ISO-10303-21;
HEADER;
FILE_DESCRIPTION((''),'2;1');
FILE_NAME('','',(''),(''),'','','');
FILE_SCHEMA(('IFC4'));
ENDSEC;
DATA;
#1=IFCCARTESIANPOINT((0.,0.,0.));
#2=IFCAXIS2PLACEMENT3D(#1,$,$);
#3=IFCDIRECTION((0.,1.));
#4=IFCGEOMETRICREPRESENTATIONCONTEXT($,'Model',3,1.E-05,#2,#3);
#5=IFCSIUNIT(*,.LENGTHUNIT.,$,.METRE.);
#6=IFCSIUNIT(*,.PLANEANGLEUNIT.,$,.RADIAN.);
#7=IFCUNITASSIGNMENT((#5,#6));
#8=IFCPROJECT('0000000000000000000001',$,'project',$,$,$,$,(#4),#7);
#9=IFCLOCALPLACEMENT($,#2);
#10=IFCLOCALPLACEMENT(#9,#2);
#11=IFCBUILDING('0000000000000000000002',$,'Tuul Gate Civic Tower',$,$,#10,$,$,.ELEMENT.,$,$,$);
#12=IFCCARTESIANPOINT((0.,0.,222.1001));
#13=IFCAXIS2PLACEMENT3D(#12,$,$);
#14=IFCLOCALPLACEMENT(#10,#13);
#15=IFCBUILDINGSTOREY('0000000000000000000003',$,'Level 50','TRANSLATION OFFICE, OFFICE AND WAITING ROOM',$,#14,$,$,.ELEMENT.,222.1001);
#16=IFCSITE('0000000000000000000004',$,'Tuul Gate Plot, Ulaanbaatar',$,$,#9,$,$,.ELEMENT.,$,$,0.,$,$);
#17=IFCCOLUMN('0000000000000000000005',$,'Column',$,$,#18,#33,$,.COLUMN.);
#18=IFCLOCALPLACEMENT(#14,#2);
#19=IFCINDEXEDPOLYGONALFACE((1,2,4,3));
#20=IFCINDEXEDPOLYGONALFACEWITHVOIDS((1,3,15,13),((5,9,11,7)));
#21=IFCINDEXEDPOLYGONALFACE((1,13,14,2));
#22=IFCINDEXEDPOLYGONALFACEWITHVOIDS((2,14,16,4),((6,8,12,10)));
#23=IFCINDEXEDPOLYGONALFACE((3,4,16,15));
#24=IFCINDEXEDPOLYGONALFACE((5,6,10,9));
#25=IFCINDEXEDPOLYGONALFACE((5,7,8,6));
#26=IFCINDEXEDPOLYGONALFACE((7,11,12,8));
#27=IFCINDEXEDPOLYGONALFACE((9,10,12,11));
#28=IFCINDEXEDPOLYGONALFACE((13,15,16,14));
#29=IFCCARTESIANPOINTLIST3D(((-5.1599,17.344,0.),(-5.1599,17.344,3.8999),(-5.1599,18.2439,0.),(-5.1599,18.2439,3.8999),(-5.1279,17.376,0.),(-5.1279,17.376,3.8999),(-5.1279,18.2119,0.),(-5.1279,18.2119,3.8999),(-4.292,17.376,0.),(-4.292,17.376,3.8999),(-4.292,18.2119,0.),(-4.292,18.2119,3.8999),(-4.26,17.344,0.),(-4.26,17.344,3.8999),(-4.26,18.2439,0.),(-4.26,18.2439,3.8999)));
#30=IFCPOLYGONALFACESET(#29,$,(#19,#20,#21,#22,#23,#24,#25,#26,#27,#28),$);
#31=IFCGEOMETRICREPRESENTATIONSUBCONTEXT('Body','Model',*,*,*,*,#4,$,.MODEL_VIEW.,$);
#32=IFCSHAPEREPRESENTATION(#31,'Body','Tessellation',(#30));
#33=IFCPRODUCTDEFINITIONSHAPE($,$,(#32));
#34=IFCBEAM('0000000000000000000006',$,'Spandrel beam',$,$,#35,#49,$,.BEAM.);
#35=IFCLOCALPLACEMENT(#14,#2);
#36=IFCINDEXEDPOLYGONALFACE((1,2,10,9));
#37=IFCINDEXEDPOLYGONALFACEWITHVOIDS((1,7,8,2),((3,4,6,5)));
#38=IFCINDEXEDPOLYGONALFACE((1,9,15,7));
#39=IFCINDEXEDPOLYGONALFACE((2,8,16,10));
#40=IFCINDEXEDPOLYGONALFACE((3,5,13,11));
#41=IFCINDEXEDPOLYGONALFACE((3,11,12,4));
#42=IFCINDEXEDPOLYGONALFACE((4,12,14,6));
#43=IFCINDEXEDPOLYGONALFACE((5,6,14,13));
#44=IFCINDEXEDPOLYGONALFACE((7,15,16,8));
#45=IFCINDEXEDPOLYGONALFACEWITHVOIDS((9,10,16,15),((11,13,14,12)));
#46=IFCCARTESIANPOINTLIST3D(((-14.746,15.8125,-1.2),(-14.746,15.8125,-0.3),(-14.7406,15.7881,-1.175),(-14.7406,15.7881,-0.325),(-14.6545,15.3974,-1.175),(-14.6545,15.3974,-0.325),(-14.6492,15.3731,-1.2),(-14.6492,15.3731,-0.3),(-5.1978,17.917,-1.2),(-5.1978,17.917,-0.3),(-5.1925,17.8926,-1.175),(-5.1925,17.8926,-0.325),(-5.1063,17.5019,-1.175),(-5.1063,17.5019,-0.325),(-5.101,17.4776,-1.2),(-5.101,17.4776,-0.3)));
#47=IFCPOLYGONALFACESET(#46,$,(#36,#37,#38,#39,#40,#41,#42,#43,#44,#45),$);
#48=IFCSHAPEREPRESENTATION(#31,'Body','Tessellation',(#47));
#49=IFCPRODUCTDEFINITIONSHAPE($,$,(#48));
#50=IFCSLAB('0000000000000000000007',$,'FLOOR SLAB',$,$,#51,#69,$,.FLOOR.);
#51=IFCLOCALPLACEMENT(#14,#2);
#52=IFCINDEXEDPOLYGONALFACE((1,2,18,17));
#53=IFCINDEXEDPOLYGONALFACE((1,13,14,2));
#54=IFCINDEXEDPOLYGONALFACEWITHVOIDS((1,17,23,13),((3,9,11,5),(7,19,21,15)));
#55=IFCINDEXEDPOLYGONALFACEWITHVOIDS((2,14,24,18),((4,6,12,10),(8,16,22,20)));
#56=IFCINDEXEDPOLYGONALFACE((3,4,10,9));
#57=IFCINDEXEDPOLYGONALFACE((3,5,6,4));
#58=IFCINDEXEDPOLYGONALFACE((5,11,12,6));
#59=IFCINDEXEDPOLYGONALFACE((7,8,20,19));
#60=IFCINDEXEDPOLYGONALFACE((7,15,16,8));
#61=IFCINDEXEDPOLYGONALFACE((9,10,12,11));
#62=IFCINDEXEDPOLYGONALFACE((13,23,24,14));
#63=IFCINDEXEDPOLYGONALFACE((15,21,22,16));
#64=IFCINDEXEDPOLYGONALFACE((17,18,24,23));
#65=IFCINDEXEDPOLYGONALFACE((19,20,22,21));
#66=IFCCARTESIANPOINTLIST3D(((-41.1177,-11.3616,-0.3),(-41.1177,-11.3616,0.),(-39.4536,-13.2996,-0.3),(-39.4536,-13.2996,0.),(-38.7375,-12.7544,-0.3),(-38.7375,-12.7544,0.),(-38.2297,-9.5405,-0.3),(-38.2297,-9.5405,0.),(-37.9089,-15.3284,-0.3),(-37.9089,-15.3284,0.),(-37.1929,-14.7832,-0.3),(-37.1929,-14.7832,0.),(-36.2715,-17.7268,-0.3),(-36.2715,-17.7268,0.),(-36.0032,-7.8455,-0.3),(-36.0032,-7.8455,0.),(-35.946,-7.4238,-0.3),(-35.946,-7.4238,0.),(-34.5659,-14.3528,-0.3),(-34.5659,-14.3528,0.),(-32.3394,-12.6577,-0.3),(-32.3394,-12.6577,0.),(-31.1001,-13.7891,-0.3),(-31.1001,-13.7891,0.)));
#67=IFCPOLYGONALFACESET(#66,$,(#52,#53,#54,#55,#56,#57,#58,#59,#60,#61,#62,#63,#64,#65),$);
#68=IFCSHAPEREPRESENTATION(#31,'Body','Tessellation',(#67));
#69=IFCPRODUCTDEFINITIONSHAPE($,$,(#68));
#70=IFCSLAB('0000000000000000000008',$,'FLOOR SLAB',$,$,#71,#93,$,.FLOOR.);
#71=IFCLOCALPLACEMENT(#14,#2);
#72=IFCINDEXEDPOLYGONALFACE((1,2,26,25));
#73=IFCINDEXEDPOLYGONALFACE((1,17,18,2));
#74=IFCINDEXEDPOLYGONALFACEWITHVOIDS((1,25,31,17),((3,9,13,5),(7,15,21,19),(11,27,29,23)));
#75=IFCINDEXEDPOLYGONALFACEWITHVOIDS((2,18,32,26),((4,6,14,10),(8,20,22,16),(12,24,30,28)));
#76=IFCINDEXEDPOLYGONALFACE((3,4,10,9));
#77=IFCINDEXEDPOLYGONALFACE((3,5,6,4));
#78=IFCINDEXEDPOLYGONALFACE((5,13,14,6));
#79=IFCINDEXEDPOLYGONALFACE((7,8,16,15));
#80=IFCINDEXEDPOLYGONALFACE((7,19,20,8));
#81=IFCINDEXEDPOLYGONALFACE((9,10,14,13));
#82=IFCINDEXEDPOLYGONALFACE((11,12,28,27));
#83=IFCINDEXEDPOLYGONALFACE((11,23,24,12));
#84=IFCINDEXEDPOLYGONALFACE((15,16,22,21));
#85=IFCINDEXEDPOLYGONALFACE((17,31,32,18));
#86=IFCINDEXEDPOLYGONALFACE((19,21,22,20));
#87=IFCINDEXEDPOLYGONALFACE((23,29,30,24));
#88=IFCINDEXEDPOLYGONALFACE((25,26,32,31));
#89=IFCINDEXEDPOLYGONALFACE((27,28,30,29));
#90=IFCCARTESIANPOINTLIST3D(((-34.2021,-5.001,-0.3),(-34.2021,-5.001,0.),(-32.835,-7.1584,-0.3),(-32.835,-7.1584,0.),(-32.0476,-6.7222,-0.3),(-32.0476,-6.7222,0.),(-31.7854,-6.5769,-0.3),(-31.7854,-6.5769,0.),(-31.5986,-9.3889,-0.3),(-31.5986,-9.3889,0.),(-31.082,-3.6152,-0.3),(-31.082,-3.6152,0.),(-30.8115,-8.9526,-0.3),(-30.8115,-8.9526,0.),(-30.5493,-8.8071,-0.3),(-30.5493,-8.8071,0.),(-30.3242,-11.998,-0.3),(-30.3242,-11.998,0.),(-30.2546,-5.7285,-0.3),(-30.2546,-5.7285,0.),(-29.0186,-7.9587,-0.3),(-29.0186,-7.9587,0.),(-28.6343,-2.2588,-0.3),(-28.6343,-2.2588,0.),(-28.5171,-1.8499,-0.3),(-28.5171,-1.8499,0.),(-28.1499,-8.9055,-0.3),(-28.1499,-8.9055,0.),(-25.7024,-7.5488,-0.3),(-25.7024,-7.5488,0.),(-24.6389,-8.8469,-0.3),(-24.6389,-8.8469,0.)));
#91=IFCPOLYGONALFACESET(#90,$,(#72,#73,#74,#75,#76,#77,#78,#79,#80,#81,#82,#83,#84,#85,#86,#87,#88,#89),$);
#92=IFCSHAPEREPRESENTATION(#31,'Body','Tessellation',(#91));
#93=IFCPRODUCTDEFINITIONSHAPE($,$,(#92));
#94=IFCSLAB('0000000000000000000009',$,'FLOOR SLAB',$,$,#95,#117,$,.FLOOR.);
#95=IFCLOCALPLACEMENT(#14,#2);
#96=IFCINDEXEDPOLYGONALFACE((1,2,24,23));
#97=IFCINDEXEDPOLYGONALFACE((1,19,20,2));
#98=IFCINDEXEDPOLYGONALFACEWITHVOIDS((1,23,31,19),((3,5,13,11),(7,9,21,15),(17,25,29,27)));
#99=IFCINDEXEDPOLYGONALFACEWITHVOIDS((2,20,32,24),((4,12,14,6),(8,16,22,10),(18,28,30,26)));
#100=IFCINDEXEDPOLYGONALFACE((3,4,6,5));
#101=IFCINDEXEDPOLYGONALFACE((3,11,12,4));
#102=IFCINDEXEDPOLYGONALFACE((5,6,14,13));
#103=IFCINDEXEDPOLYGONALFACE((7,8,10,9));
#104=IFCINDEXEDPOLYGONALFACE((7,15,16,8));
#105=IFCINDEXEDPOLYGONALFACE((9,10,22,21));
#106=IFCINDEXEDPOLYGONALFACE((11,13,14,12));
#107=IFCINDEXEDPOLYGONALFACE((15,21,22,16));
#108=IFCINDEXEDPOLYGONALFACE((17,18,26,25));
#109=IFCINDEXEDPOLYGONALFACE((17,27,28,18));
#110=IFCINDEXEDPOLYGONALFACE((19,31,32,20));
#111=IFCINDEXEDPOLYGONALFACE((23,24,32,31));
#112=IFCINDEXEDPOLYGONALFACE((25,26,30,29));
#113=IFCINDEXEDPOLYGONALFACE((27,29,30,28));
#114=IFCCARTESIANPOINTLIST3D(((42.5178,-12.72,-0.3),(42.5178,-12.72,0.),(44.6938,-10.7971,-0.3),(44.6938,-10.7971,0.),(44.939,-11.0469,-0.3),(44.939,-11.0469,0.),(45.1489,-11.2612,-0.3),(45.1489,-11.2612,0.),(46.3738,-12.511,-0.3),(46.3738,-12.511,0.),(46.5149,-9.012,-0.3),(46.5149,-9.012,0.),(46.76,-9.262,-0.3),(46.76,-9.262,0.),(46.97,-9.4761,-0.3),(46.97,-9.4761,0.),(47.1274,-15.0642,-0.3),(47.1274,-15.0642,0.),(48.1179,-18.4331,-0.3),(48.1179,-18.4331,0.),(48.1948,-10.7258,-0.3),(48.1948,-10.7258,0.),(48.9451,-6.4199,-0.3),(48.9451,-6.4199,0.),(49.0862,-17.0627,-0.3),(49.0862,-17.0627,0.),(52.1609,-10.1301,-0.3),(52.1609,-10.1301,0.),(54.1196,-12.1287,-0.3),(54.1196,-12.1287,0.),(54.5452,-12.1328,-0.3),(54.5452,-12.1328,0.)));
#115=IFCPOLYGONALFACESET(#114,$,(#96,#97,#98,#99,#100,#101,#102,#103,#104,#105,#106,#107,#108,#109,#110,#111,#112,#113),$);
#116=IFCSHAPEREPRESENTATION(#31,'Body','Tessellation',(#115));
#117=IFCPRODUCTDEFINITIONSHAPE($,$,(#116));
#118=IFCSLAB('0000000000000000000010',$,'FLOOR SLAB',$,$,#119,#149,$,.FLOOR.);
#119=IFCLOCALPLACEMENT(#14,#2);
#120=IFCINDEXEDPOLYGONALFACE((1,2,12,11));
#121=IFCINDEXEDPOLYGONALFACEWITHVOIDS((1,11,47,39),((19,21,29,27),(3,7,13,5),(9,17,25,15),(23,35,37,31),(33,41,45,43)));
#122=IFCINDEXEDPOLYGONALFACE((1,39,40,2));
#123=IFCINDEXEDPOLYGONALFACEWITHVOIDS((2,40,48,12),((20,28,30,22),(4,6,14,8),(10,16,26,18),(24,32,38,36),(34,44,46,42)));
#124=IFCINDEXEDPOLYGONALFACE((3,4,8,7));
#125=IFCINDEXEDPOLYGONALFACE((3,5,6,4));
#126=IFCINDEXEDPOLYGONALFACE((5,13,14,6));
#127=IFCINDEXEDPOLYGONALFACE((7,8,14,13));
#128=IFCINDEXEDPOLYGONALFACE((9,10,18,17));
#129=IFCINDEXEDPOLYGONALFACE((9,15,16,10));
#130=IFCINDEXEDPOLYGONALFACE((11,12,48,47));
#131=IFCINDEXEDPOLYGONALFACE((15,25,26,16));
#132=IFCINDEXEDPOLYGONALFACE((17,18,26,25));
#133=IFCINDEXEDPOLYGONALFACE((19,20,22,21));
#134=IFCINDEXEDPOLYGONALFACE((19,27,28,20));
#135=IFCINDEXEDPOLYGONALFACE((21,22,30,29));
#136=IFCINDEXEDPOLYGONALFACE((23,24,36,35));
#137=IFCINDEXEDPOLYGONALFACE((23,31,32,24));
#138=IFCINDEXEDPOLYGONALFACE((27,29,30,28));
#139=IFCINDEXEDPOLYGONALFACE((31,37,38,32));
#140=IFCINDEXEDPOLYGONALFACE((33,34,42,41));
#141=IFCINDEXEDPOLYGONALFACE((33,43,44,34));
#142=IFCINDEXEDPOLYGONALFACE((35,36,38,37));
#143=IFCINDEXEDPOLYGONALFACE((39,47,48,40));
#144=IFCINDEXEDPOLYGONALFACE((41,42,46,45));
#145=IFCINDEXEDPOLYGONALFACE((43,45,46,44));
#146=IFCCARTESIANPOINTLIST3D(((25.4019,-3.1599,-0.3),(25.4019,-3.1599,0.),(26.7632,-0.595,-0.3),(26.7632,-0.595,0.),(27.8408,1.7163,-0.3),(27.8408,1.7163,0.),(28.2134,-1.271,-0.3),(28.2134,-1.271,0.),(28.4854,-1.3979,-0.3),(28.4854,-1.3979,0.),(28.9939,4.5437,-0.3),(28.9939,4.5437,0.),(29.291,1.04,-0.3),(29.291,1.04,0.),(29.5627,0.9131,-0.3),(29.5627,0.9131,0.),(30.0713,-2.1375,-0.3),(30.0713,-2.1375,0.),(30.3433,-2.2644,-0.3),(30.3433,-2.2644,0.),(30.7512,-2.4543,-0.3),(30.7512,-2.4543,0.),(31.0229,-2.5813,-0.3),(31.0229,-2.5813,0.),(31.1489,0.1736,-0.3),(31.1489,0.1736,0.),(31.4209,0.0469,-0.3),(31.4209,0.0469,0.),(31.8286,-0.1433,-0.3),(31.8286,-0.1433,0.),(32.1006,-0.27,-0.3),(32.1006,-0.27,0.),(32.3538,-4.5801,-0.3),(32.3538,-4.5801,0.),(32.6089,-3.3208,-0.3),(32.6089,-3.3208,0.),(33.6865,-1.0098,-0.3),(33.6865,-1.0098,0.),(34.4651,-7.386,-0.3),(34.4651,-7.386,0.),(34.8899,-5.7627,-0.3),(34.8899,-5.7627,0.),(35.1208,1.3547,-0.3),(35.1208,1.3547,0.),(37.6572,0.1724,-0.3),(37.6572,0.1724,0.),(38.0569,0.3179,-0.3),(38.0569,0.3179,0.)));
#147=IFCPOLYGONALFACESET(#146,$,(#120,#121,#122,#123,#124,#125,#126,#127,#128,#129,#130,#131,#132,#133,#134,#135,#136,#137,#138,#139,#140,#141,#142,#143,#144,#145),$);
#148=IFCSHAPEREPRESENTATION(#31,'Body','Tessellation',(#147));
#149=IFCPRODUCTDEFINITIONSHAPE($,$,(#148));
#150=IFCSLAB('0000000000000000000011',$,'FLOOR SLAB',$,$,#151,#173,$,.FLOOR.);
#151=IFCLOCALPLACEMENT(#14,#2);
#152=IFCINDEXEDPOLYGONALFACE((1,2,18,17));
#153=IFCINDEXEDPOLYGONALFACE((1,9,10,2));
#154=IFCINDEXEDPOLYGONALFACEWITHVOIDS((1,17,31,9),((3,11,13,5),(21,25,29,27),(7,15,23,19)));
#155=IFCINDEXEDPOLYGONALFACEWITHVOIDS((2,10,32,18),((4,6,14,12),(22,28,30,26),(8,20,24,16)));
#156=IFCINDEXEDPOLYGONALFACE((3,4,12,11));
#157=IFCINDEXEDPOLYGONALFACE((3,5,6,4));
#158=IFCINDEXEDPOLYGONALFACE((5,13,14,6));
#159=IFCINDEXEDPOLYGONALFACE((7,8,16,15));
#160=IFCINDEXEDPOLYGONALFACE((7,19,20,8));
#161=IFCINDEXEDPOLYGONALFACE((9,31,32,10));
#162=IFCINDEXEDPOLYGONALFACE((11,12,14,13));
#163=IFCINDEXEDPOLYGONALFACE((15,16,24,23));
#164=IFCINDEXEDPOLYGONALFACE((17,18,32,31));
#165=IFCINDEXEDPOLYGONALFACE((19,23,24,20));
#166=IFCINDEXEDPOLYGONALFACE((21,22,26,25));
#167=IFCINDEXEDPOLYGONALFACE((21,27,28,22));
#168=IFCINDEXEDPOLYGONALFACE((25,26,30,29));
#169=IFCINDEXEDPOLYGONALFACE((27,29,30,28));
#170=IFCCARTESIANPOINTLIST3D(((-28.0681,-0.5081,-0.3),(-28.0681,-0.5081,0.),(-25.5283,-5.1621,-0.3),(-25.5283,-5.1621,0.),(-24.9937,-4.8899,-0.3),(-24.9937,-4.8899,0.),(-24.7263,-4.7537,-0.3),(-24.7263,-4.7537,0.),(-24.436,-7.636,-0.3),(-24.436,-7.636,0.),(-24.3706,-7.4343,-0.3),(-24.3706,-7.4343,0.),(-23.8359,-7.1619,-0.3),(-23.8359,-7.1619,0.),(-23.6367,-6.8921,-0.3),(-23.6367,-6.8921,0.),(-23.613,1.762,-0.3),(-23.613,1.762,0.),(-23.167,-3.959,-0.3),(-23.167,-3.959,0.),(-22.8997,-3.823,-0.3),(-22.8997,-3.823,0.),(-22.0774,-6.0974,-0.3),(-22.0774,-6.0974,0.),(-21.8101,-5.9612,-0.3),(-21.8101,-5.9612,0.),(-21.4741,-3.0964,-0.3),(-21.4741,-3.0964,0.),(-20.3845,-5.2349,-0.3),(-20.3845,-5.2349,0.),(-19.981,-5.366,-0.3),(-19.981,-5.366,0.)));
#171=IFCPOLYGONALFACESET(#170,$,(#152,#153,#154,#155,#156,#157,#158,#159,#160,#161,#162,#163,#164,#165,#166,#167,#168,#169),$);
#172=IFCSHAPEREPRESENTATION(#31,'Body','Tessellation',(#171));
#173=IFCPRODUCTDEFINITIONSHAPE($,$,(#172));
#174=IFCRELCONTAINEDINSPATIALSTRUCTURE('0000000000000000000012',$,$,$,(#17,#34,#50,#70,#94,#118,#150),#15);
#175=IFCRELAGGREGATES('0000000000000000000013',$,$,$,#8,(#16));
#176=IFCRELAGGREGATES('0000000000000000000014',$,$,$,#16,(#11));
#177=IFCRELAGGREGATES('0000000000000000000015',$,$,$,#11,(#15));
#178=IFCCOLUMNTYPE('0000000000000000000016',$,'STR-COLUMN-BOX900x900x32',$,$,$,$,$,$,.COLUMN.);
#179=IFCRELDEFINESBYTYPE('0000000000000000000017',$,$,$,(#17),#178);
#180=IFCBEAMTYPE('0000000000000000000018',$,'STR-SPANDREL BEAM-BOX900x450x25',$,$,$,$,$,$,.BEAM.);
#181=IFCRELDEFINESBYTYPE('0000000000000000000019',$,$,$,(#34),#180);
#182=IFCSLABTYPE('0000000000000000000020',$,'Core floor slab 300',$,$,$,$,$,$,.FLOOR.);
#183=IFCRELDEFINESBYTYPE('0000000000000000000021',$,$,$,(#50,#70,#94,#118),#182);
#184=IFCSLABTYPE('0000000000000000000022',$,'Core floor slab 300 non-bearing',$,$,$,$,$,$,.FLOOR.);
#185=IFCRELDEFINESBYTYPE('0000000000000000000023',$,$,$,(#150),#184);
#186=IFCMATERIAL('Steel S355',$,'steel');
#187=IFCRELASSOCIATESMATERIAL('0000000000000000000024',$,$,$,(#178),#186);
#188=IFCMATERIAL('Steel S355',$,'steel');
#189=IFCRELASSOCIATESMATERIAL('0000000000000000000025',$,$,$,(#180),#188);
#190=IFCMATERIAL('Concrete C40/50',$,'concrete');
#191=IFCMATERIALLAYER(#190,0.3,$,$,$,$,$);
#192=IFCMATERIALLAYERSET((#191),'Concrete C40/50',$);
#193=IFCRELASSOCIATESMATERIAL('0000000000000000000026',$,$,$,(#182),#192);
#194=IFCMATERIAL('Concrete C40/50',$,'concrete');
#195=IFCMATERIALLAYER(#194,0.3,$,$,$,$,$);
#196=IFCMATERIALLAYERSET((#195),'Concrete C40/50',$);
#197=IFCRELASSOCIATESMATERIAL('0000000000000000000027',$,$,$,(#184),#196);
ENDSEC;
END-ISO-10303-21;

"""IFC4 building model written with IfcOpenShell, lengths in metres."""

from ifc_helpers import new_model, si_unit, direction, frame, origin, origin_2d, place, context, subcontext, project, spatial, polyline, hollow_rectangle, outline, extrude, material, layer, layer_set, material_profile, profile_set, type_object, element, save


model = new_model("IFC4")

# Units and contexts
model_context = context("Model", 3, precision=1e-05, world=origin(), true_north=direction((0.0, 1.0)))
body_context = subcontext(model_context, "Body", "Model", "MODEL_VIEW")
ifc_project = project(units=[si_unit("LENGTHUNIT", "METRE"), si_unit("PLANEANGLEUNIT", "RADIAN")], contexts=[model_context])

# Site, building, storey
site_placement = place(None, origin())
site = spatial("IfcSite", under=ifc_project, at=site_placement, Name="Tuul Gate Plot, Ulaanbaatar", CompositionType="ELEMENT", RefElevation=0.0)
building_placement = place(site_placement, origin())
building = spatial("IfcBuilding", under=site, at=building_placement, Name="Tuul Gate Civic Tower", CompositionType="ELEMENT")
storey_placement = place(building_placement, frame((0.0, 0.0, 222.1001)))
storey = spatial("IfcBuildingStorey", under=building, at=storey_placement, Name="Level 50", Description="TRANSLATION OFFICE, OFFICE AND WAITING ROOM", CompositionType="ELEMENT", Elevation=222.1001)

# Column
ifc_material_1 = material(Name="Steel S355", Category="steel")
ifc_material_profile_1 = material_profile(ifc_material_1, hollow_rectangle(XDim=0.8999, YDim=0.8999, WallThickness=0.032, at=origin_2d()), Name="BOX900x900x32")
ifc_profile_set_1 = profile_set([ifc_material_profile_1], Name="Steel S355")
column_type = type_object("IfcColumnType", Name="STR-COLUMN-BOX900x900x32", PredefinedType="COLUMN", material=ifc_profile_set_1)
column_placement = place(storey_placement, frame((-4.71, 17.7939, 0.0), z_axis=(0.0, 0.0, 1.0), x_axis=(1.0, 0.0, 0.0)))
element("IfcColumn", 1, at=column_placement, inside=storey, type_object=column_type, Name="Column", PredefinedType="COLUMN", context=body_context, shape_type="SweptSolid", body=[
    extrude(hollow_rectangle(XDim=0.8999, YDim=0.8999, WallThickness=0.032, at=origin_2d()), origin(), (0.0, 0.0, 1.0), 3.8999),
])

# Beam
ifc_material_2 = material(Name="Steel S355", Category="steel")
ifc_material_profile_2 = material_profile(ifc_material_2, hollow_rectangle(XDim=0.45, YDim=0.8999, WallThickness=0.0249, at=origin_2d()), Name="BOX900x450x25")
ifc_profile_set_2 = profile_set([ifc_material_profile_2], Name="Steel S355")
beam_type = type_object("IfcBeamType", Name="STR-SPANDREL BEAM-BOX900x450x25", PredefinedType="BEAM", material=ifc_profile_set_2)
beam_placement = place(storey_placement, frame((-5.1494, 17.6973, -0.75), z_axis=(-0.97656, -0.215243, 0.0), x_axis=(0.215243, -0.97656, 0.0)))
element("IfcBeam", 2, at=beam_placement, inside=storey, type_object=beam_type, Name="Spandrel beam", PredefinedType="BEAM", context=body_context, shape_type="SweptSolid", body=[
    extrude(hollow_rectangle(XDim=0.45, YDim=0.8999, WallThickness=0.0249, at=origin_2d()), origin(), (0.0, 0.0, 1.0), 9.7773),
])

# Slabs
ifc_material_3 = material(Name="Concrete C40/50", Category="concrete")
ifc_layer_1 = layer(ifc_material_3, 0.3)
ifc_layer_set_1 = layer_set([ifc_layer_1], Name="Concrete C40/50")
slab_type_1 = type_object("IfcSlabType", Name="Core floor slab 300", PredefinedType="FLOOR", material=ifc_layer_set_1)
slab_1_placement = place(storey_placement, frame((0.0, 0.0, -0.3)))
element("IfcSlab", 3, at=slab_1_placement, inside=storey, type_object=slab_type_1, Name="FLOOR SLAB", PredefinedType="FLOOR", context=body_context, shape_type="SweptSolid", body=[
    extrude(outline(polyline([(-31.1001, -13.7891), (-35.946, -7.4238), (-41.1177, -11.3616), (-36.2715, -17.7268), (-31.1001, -13.7891)]), holes=[polyline([(-37.1929, -14.7832), (-38.7375, -12.7544), (-39.4536, -13.2996), (-37.9089, -15.3284), (-37.1929, -14.7832)]), polyline([(-32.3394, -12.6577), (-34.5659, -14.3528), (-38.2297, -9.5405), (-36.0032, -7.8455), (-32.3394, -12.6577)])]), origin(), (0.0, 0.0, 1.0), 0.3),
])
slab_2_placement = place(storey_placement, frame((0.0, 0.0, -0.3)))
element("IfcSlab", 4, at=slab_2_placement, inside=storey, type_object=slab_type_1, Name="FLOOR SLAB", PredefinedType="FLOOR", context=body_context, shape_type="SweptSolid", body=[
    extrude(outline(polyline([(-24.6389, -8.8469), (-28.5171, -1.8499), (-34.2021, -5.001), (-30.3242, -11.998), (-24.6389, -8.8469)]), holes=[polyline([(-29.0186, -7.9587), (-30.2546, -5.7285), (-31.7854, -6.5769), (-30.5493, -8.8071), (-29.0186, -7.9587)]), polyline([(-30.8115, -8.9526), (-32.0476, -6.7222), (-32.835, -7.1584), (-31.5986, -9.3889), (-30.8115, -8.9526)]), polyline([(-25.7024, -7.5488), (-28.1499, -8.9055), (-31.082, -3.6152), (-28.6343, -2.2588), (-25.7024, -7.5488)])]), origin(), (0.0, 0.0, 1.0), 0.3),
])
slab_3_placement = place(storey_placement, frame((0.0, 0.0, -0.3)))
element("IfcSlab", 5, at=slab_3_placement, inside=storey, type_object=slab_type_1, Name="FLOOR SLAB", PredefinedType="FLOOR", context=body_context, shape_type="SweptSolid", body=[
    extrude(outline(polyline([(48.1179, -18.4331), (54.5452, -12.1328), (48.9451, -6.4199), (42.5178, -12.72), (48.1179, -18.4331)]), holes=[polyline([(46.3738, -12.511), (48.1948, -10.7258), (46.97, -9.4761), (45.1489, -11.2612), (46.3738, -12.511)]), polyline([(44.939, -11.0469), (46.76, -9.262), (46.5149, -9.012), (44.6938, -10.7971), (44.939, -11.0469)]), polyline([(49.0862, -17.0627), (47.1274, -15.0642), (52.1609, -10.1301), (54.1196, -12.1287), (49.0862, -17.0627)])]), origin(), (0.0, 0.0, 1.0), 0.3),
])
slab_4_placement = place(storey_placement, frame((0.0, 0.0, -0.3)))
element("IfcSlab", 6, at=slab_4_placement, inside=storey, type_object=slab_type_1, Name="FLOOR SLAB", PredefinedType="FLOOR", context=body_context, shape_type="SweptSolid", body=[
    extrude(outline(polyline([(34.4651, -7.386), (38.0569, 0.3179), (28.9939, 4.5437), (25.4019, -3.1599), (34.4651, -7.386)]), holes=[polyline([(32.6089, -3.3208), (33.6865, -1.0098), (32.1006, -0.27), (31.0229, -2.5813), (32.6089, -3.3208)]), polyline([(30.0713, -2.1375), (31.1489, 0.1736), (29.5627, 0.9131), (28.4854, -1.3979), (30.0713, -2.1375)]), polyline([(30.7512, -2.4543), (31.8286, -0.1433), (31.4209, 0.0469), (30.3433, -2.2644), (30.7512, -2.4543)]), polyline([(28.2134, -1.271), (29.291, 1.04), (27.8408, 1.7163), (26.7632, -0.595), (28.2134, -1.271)]), polyline([(34.8899, -5.7627), (32.3538, -4.5801), (35.1208, 1.3547), (37.6572, 0.1724), (34.8899, -5.7627)])]), origin(), (0.0, 0.0, 1.0), 0.3),
])
ifc_material_4 = material(Name="Concrete C40/50", Category="concrete")
ifc_layer_2 = layer(ifc_material_4, 0.3)
ifc_layer_set_2 = layer_set([ifc_layer_2], Name="Concrete C40/50")
slab_type_2 = type_object("IfcSlabType", Name="Core floor slab 300 non-bearing", PredefinedType="FLOOR", material=ifc_layer_set_2)
slab_5_placement = place(storey_placement, frame((0.0, 0.0, -0.3)))
element("IfcSlab", 7, at=slab_5_placement, inside=storey, type_object=slab_type_2, Name="FLOOR SLAB", PredefinedType="FLOOR", context=body_context, shape_type="SweptSolid", body=[
    extrude(outline(polyline([(-19.981, -5.366), (-23.613, 1.762), (-28.0681, -0.5081), (-24.436, -7.636), (-19.981, -5.366)]), holes=[polyline([(-20.3845, -5.2349), (-21.4741, -3.0964), (-22.8997, -3.823), (-21.8101, -5.9612), (-20.3845, -5.2349)]), polyline([(-22.0774, -6.0974), (-23.167, -3.959), (-24.7263, -4.7537), (-23.6367, -6.8921), (-22.0774, -6.0974)]), polyline([(-23.8359, -7.1619), (-24.9937, -4.8899), (-25.5283, -5.1621), (-24.3706, -7.4343), (-23.8359, -7.1619)])]), origin(), (0.0, 0.0, 1.0), 0.3),
])

save(model, "model.ifc")
